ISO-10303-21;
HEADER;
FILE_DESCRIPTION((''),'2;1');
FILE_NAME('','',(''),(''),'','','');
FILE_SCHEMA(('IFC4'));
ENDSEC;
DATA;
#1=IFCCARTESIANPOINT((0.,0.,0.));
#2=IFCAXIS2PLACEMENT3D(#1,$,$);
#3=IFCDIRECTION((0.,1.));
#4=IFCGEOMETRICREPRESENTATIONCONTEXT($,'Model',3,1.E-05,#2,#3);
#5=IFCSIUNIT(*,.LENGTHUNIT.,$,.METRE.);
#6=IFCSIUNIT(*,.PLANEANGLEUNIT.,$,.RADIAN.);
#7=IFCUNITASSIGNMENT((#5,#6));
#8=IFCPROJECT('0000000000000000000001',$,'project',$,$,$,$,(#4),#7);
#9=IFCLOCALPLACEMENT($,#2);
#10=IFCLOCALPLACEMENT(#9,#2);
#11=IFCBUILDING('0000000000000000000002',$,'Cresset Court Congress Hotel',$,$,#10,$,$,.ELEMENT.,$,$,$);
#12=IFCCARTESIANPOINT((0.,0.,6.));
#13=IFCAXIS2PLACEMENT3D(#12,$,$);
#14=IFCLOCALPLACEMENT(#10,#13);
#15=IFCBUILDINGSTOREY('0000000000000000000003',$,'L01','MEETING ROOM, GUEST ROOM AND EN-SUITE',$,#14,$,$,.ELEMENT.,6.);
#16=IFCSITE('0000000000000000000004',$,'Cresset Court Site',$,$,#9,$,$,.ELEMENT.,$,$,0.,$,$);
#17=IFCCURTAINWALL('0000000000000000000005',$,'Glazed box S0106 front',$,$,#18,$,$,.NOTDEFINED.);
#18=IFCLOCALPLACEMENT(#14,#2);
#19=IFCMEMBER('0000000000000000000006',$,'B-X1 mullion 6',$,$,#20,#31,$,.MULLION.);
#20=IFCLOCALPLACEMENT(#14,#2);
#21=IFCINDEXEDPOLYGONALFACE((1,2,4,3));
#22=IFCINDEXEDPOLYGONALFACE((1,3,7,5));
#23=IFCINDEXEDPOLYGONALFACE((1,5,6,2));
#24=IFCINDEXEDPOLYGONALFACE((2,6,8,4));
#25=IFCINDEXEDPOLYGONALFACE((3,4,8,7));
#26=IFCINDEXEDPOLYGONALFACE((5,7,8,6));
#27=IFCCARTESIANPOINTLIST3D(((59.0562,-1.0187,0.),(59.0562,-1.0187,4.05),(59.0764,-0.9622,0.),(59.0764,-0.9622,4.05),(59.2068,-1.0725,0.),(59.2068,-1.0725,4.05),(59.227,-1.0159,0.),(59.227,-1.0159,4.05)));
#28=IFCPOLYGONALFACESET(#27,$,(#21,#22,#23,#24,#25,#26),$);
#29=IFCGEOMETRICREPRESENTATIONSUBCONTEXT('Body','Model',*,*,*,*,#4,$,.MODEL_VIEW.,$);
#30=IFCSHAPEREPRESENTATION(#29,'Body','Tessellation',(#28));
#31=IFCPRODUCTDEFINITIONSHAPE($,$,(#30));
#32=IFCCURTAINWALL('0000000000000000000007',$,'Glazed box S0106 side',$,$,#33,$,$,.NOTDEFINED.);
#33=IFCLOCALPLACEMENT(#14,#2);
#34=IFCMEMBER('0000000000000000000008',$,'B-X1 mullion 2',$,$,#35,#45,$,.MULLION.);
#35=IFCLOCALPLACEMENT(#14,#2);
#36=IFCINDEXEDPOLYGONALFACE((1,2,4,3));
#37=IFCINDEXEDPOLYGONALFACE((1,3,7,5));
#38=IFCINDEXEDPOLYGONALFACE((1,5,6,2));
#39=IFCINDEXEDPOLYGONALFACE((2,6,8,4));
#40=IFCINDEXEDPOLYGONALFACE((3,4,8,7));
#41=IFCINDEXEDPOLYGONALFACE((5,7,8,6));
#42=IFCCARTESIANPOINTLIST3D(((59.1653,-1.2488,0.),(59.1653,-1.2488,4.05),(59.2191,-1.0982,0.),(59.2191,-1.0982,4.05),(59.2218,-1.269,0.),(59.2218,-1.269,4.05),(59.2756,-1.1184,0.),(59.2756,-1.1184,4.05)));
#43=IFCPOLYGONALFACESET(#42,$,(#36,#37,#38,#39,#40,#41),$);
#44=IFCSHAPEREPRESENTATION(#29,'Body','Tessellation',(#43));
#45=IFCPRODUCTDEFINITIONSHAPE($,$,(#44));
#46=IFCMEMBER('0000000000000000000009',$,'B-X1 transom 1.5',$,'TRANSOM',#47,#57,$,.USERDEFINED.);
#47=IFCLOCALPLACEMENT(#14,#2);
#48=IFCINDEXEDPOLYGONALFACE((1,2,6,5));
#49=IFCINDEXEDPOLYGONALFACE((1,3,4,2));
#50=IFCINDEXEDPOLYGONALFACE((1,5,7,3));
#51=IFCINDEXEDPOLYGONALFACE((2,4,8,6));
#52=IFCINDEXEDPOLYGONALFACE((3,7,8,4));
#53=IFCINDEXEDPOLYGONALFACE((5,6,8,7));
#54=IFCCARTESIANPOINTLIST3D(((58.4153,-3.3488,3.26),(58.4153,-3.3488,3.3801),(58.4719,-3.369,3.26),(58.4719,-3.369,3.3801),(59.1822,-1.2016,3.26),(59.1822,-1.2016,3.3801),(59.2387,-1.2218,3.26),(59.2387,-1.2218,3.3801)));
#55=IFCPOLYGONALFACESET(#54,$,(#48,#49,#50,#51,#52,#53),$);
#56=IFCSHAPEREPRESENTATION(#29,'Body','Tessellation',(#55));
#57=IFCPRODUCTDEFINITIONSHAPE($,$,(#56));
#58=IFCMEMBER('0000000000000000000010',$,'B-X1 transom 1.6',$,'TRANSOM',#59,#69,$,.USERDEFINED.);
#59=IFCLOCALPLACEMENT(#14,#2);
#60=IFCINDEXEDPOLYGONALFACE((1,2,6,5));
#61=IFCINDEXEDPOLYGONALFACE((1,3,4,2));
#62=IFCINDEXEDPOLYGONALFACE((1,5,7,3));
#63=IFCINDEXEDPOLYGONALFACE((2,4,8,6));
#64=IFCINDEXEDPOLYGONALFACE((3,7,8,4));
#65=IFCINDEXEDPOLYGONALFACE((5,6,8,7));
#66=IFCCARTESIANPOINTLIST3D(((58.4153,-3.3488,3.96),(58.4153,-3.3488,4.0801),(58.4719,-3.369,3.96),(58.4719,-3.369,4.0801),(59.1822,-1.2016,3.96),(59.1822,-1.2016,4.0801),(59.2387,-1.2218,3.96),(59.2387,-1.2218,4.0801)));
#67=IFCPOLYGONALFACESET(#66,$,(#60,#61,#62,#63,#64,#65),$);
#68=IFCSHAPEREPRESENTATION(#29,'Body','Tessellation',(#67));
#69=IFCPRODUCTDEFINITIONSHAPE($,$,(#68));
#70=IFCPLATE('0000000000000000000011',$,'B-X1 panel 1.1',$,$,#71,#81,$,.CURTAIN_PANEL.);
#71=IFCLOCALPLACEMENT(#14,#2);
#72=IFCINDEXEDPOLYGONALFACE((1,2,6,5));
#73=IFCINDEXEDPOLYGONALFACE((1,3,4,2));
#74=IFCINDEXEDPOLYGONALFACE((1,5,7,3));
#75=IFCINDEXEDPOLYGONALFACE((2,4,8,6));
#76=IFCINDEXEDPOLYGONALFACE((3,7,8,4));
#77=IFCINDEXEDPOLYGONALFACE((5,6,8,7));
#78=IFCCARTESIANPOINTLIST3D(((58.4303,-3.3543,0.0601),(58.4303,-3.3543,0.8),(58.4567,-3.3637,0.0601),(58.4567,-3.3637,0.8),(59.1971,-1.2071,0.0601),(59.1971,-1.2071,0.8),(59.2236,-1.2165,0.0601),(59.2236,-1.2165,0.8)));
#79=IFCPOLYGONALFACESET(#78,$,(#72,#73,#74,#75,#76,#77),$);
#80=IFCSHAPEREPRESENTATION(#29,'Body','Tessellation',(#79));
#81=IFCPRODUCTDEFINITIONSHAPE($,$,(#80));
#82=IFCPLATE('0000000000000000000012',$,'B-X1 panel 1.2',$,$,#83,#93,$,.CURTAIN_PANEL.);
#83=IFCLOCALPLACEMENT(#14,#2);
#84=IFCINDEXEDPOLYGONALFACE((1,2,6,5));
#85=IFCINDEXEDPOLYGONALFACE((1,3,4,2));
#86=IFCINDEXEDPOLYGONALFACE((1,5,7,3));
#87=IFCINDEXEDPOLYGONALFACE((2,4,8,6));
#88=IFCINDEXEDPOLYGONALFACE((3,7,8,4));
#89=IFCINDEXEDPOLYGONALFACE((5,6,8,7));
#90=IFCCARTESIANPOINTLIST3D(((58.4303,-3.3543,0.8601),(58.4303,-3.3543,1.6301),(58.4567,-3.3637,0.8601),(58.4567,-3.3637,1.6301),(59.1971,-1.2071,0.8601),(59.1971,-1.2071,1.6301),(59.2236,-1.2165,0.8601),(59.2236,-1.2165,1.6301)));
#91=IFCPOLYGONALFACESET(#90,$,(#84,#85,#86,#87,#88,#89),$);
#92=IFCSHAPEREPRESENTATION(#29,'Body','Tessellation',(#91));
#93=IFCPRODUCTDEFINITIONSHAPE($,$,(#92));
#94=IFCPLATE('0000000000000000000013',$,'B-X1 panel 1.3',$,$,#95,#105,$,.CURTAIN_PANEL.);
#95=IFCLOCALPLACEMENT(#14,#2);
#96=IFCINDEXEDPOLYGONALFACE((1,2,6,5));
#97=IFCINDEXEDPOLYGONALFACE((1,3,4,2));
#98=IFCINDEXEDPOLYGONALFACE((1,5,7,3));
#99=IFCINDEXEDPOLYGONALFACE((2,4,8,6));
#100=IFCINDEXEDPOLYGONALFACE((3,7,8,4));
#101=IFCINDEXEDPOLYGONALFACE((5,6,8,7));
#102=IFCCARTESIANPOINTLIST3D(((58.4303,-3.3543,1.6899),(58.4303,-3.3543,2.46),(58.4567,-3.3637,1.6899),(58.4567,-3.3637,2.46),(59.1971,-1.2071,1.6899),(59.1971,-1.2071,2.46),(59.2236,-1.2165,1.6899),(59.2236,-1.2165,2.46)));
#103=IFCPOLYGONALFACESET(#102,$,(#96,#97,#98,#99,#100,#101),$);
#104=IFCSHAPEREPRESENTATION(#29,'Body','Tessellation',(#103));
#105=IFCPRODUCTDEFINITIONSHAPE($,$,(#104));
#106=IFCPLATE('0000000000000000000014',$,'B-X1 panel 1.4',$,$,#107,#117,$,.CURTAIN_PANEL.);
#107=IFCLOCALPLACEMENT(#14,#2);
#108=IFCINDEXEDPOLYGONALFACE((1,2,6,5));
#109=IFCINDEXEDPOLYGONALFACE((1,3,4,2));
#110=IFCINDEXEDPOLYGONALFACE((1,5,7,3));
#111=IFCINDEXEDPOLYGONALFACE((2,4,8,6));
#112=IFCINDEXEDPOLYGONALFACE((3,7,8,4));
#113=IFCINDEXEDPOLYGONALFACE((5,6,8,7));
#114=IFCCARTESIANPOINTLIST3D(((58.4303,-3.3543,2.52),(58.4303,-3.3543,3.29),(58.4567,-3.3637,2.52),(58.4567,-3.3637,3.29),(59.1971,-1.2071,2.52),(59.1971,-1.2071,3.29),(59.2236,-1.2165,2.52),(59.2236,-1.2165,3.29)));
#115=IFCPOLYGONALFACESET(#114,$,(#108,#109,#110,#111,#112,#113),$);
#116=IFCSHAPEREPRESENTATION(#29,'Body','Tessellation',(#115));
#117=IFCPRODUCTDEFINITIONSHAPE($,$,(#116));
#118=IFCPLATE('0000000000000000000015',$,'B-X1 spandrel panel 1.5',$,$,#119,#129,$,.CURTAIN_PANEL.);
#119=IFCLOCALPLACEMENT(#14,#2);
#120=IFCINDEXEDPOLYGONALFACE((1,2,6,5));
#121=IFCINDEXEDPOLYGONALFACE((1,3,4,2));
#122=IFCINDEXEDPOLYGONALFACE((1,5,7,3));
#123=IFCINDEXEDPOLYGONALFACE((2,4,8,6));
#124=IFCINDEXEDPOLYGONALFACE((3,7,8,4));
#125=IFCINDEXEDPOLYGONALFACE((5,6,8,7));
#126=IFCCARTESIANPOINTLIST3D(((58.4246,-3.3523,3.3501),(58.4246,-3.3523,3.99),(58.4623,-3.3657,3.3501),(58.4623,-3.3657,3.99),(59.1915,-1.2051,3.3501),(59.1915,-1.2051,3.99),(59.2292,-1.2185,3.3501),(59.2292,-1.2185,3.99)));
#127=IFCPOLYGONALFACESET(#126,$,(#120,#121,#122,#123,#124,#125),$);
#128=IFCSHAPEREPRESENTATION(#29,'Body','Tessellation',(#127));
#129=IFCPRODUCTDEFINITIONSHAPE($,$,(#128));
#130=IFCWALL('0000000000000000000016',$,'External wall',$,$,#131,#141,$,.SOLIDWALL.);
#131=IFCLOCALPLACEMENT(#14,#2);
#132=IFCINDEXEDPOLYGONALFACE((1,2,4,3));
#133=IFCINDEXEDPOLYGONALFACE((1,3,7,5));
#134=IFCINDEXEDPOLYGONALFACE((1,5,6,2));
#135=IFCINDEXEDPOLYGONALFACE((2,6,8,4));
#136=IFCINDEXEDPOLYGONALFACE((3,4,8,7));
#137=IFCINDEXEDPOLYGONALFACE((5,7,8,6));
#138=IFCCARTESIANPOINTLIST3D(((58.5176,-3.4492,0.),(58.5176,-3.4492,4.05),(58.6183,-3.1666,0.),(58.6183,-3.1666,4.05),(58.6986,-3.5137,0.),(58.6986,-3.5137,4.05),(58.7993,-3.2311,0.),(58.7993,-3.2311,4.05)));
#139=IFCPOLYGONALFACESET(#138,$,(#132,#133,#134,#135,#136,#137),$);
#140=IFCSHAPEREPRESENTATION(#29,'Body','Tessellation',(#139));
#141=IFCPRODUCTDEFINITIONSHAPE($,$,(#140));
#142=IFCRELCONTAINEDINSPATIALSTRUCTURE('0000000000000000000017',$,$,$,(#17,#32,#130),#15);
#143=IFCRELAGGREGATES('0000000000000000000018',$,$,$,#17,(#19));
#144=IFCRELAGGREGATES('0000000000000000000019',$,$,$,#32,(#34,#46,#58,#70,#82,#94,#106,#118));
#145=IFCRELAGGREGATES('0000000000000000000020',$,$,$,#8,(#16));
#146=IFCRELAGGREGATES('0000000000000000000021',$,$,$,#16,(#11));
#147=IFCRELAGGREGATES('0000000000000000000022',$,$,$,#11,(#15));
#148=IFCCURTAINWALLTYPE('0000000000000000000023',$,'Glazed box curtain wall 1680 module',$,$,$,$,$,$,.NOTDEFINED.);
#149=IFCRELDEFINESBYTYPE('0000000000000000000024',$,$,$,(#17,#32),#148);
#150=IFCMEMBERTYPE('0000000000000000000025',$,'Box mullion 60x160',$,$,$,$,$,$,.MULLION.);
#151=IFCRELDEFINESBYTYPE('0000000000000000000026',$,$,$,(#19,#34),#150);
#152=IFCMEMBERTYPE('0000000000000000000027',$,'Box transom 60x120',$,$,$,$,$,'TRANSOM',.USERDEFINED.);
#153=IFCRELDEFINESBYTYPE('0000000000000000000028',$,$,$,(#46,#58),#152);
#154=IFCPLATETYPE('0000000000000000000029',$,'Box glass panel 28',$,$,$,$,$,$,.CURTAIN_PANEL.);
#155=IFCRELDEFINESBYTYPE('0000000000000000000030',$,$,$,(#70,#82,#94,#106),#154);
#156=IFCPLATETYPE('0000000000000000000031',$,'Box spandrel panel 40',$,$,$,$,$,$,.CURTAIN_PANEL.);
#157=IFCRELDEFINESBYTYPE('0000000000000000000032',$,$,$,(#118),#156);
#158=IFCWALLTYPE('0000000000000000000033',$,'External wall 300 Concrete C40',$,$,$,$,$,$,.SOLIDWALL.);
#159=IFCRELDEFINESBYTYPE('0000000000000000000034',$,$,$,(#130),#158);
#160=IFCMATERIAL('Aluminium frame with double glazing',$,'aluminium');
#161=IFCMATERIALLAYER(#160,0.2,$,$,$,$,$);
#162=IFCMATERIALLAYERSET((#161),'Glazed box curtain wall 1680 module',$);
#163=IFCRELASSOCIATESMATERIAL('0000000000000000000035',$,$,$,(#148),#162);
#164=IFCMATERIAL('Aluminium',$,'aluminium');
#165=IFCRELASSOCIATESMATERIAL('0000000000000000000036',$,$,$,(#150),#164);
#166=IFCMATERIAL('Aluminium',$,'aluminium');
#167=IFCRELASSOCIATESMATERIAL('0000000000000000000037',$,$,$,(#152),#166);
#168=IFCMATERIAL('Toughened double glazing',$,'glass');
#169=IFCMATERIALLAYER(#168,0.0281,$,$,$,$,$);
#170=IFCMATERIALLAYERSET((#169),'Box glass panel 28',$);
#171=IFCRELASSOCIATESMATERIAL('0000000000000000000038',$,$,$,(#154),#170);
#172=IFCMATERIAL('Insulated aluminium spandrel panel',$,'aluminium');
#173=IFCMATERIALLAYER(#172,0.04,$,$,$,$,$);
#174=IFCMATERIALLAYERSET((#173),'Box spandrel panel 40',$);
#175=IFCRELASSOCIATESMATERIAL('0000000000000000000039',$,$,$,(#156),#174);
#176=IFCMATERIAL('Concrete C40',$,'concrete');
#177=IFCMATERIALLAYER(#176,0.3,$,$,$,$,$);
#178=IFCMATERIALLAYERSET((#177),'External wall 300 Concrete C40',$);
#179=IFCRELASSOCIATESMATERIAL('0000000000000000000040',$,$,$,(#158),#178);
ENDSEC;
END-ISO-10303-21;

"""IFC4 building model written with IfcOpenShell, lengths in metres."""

from ifc_helpers import new_model, si_unit, direction, frame, frame_2d, origin, origin_2d, place, context, subcontext, project, spatial, rectangle, extrude, material, layer, layer_set, material_profile, profile_set, type_object, element, aggregate, save


model = new_model("IFC4")

# Units and contexts
model_context = context("Model", 3, precision=1e-05, world=origin(), true_north=direction((0.0, 1.0)))
body_context = subcontext(model_context, "Body", "Model", "MODEL_VIEW")
ifc_project = project(units=[si_unit("LENGTHUNIT", "METRE"), si_unit("PLANEANGLEUNIT", "RADIAN")], contexts=[model_context])

# Site, building, storey
site_placement = place(None, origin())
site = spatial("IfcSite", under=ifc_project, at=site_placement, Name="Cresset Court Site", CompositionType="ELEMENT", RefElevation=0.0)
building_placement = place(site_placement, origin())
building = spatial("IfcBuilding", under=site, at=building_placement, Name="Cresset Court Congress Hotel", CompositionType="ELEMENT")
storey_placement = place(building_placement, frame((0.0, 0.0, 6.0)))
storey = spatial("IfcBuildingStorey", under=building, at=storey_placement, Name="L01", Description="MEETING ROOM, GUEST ROOM AND EN-SUITE", CompositionType="ELEMENT", Elevation=6.0)

# Curtain wall, member
ifc_material_1 = material(Name="Aluminium frame with double glazing", Category="aluminium")
ifc_layer_1 = layer(ifc_material_1, 0.2)
ifc_layer_set_1 = layer_set([ifc_layer_1], Name="Glazed box curtain wall 1680 module")
curtain_wall_type = type_object("IfcCurtainWallType", Name="Glazed box curtain wall 1680 module", PredefinedType="NOTDEFINED", material=ifc_layer_set_1)
curtain_wall_1_placement = place(storey_placement, origin())
curtain_wall_1 = element("IfcCurtainWall", 1, at=curtain_wall_1_placement, inside=storey, type_object=curtain_wall_type, Name="Glazed box S0106 front", PredefinedType="NOTDEFINED")
ifc_material_2 = material(Name="Aluminium", Category="aluminium")
ifc_material_profile_1 = material_profile(ifc_material_2, rectangle(XDim=0.0601, YDim=0.1599, at=origin_2d()), Name="Box mullion 60x160")
ifc_profile_set_1 = profile_set([ifc_material_profile_1], Name="Aluminium")
member_type_1 = type_object("IfcMemberType", Name="Box mullion 60x160", PredefinedType="MULLION", material=ifc_profile_set_1)
member_1_placement = place(storey_placement, frame((59.1416, -1.0173, 0.0), z_axis=(0.0, 0.0, 1.0), x_axis=(0.336336, 0.941742, 0.0)))
member_1 = element("IfcMember", 2, at=member_1_placement, type_object=member_type_1, Name="B-X1 mullion 6", PredefinedType="MULLION", context=body_context, shape_type="SweptSolid", body=[
    extrude(rectangle(XDim=0.0601, YDim=0.1599, at=origin_2d()), origin(), (0.0, 0.0, 1.0), 4.05),
])
aggregate(curtain_wall_1, [member_1])

# Curtain wall, members, plates
curtain_wall_2_placement = place(storey_placement, origin())
curtain_wall_2 = element("IfcCurtainWall", 3, at=curtain_wall_2_placement, inside=storey, type_object=curtain_wall_type, Name="Glazed box S0106 side", PredefinedType="NOTDEFINED")
member_2_placement = place(storey_placement, frame((59.2205, -1.1836, 0.0), z_axis=(0.0, 0.0, 1.0), x_axis=(-0.941742, 0.336336, 0.0)))
member_2 = element("IfcMember", 4, at=member_2_placement, type_object=member_type_1, Name="B-X1 mullion 2", PredefinedType="MULLION", context=body_context, shape_type="SweptSolid", body=[
    extrude(rectangle(XDim=0.0601, YDim=0.1599, at=origin_2d()), origin(), (0.0, 0.0, 1.0), 4.05),
])
ifc_material_3 = material(Name="Aluminium", Category="aluminium")
ifc_material_profile_2 = material_profile(ifc_material_3, rectangle(XDim=0.0601, YDim=0.1201, at=origin_2d()), Name="Box transom 60x120")
ifc_profile_set_2 = profile_set([ifc_material_profile_2], Name="Aluminium")
member_type_2 = type_object("IfcMemberType", Name="Box transom 60x120", ElementType="TRANSOM", PredefinedType="USERDEFINED", material=ifc_profile_set_2)
member_3_placement = place(storey_placement, frame((58.4436, -3.3589, 3.3201), z_axis=(0.33633, 0.941744, 0.0), x_axis=(-0.941744, 0.33633, 0.0)))
member_3 = element("IfcMember", 5, at=member_3_placement, type_object=member_type_2, Name="B-X1 transom 1.5", ObjectType="TRANSOM", PredefinedType="USERDEFINED", context=body_context, shape_type="SweptSolid", body=[
    extrude(rectangle(XDim=0.0601, YDim=0.1201, at=origin_2d()), origin(), (0.0, 0.0, 1.0), 2.28),
])
member_4_placement = place(storey_placement, frame((58.4436, -3.3589, 4.02), z_axis=(0.33633, 0.941744, 0.0), x_axis=(-0.941744, 0.33633, 0.0)))
member_4 = element("IfcMember", 6, at=member_4_placement, type_object=member_type_2, Name="B-X1 transom 1.6", ObjectType="TRANSOM", PredefinedType="USERDEFINED", context=body_context, shape_type="SweptSolid", body=[
    extrude(rectangle(XDim=0.0601, YDim=0.1201, at=origin_2d()), origin(), (0.0, 0.0, 1.0), 2.28),
])
ifc_material_4 = material(Name="Toughened double glazing", Category="glass")
ifc_layer_2 = layer(ifc_material_4, 0.0281)
ifc_layer_set_2 = layer_set([ifc_layer_2], Name="Box glass panel 28")
plate_type_1 = type_object("IfcPlateType", Name="Box glass panel 28", PredefinedType="CURTAIN_PANEL", material=ifc_layer_set_2)
plate_1_placement = place(storey_placement, frame((58.8269, -2.2854, 0.0601), z_axis=(0.0, 0.0, 1.0), x_axis=(0.336336, 0.941742, 0.0)))
plate_1 = element("IfcPlate", 7, at=plate_1_placement, type_object=plate_type_1, Name="B-X1 panel 1.1", PredefinedType="CURTAIN_PANEL", context=body_context, shape_type="SweptSolid", body=[
    extrude(rectangle(XDim=2.28, YDim=0.0281, at=origin_2d()), origin(), (0.0, 0.0, 1.0), 0.74),
])
plate_2_placement = place(storey_placement, frame((58.8269, -2.2854, 0.8601), z_axis=(0.0, 0.0, 1.0), x_axis=(0.336336, 0.941742, 0.0)))
plate_2 = element("IfcPlate", 8, at=plate_2_placement, type_object=plate_type_1, Name="B-X1 panel 1.2", PredefinedType="CURTAIN_PANEL", context=body_context, shape_type="SweptSolid", body=[
    extrude(rectangle(XDim=2.28, YDim=0.0281, at=origin_2d()), origin(), (0.0, 0.0, 1.0), 0.77),
])
plate_3_placement = place(storey_placement, frame((58.8269, -2.2854, 1.6899), z_axis=(0.0, 0.0, 1.0), x_axis=(0.336336, 0.941742, 0.0)))
plate_3 = element("IfcPlate", 9, at=plate_3_placement, type_object=plate_type_1, Name="B-X1 panel 1.3", PredefinedType="CURTAIN_PANEL", context=body_context, shape_type="SweptSolid", body=[
    extrude(rectangle(XDim=2.28, YDim=0.0281, at=origin_2d()), origin(), (0.0, 0.0, 1.0), 0.77),
])
plate_4_placement = place(storey_placement, frame((58.8269, -2.2854, 2.52), z_axis=(0.0, 0.0, 1.0), x_axis=(0.336336, 0.941742, 0.0)))
plate_4 = element("IfcPlate", 10, at=plate_4_placement, type_object=plate_type_1, Name="B-X1 panel 1.4", PredefinedType="CURTAIN_PANEL", context=body_context, shape_type="SweptSolid", body=[
    extrude(rectangle(XDim=2.28, YDim=0.0281, at=origin_2d()), origin(), (0.0, 0.0, 1.0), 0.77),
])
ifc_material_5 = material(Name="Insulated aluminium spandrel panel", Category="aluminium")
ifc_layer_3 = layer(ifc_material_5, 0.04)
ifc_layer_set_3 = layer_set([ifc_layer_3], Name="Box spandrel panel 40")
plate_type_2 = type_object("IfcPlateType", Name="Box spandrel panel 40", PredefinedType="CURTAIN_PANEL", material=ifc_layer_set_3)
plate_5_placement = place(storey_placement, frame((58.8269, -2.2854, 3.3501), z_axis=(0.0, 0.0, 1.0), x_axis=(0.336336, 0.941742, 0.0)))
plate_5 = element("IfcPlate", 11, at=plate_5_placement, type_object=plate_type_2, Name="B-X1 spandrel panel 1.5", PredefinedType="CURTAIN_PANEL", context=body_context, shape_type="SweptSolid", body=[
    extrude(rectangle(XDim=2.28, YDim=0.04, at=origin_2d()), origin(), (0.0, 0.0, 1.0), 0.6399),
])
aggregate(curtain_wall_2, [member_2, member_3, member_4, plate_1, plate_2, plate_3, plate_4, plate_5])

# Wall
ifc_material_6 = material(Name="Concrete C40", Category="concrete")
ifc_layer_4 = layer(ifc_material_6, 0.3)
ifc_layer_set_4 = layer_set([ifc_layer_4], Name="External wall 300 Concrete C40")
wall_type = type_object("IfcWallType", Name="External wall 300 Concrete C40", PredefinedType="SOLIDWALL", material=ifc_layer_set_4)
wall_1_placement = place(storey_placement, frame((58.5679, -3.3079, 0.0), z_axis=(0.0, 0.0, 1.0), x_axis=(0.942, -0.335612, 0.0)))
element("IfcWall", 12, at=wall_1_placement, inside=storey, type_object=wall_type, Name="External wall", PredefinedType="SOLIDWALL", context=body_context, shape_type="SweptSolid", body=[
    extrude(rectangle(XDim=0.1921, YDim=0.3, at=frame_2d((0.0962, 0.0))), origin(), (0.0, 0.0, 1.0), 4.05),
])

save(model, "model.ifc")
